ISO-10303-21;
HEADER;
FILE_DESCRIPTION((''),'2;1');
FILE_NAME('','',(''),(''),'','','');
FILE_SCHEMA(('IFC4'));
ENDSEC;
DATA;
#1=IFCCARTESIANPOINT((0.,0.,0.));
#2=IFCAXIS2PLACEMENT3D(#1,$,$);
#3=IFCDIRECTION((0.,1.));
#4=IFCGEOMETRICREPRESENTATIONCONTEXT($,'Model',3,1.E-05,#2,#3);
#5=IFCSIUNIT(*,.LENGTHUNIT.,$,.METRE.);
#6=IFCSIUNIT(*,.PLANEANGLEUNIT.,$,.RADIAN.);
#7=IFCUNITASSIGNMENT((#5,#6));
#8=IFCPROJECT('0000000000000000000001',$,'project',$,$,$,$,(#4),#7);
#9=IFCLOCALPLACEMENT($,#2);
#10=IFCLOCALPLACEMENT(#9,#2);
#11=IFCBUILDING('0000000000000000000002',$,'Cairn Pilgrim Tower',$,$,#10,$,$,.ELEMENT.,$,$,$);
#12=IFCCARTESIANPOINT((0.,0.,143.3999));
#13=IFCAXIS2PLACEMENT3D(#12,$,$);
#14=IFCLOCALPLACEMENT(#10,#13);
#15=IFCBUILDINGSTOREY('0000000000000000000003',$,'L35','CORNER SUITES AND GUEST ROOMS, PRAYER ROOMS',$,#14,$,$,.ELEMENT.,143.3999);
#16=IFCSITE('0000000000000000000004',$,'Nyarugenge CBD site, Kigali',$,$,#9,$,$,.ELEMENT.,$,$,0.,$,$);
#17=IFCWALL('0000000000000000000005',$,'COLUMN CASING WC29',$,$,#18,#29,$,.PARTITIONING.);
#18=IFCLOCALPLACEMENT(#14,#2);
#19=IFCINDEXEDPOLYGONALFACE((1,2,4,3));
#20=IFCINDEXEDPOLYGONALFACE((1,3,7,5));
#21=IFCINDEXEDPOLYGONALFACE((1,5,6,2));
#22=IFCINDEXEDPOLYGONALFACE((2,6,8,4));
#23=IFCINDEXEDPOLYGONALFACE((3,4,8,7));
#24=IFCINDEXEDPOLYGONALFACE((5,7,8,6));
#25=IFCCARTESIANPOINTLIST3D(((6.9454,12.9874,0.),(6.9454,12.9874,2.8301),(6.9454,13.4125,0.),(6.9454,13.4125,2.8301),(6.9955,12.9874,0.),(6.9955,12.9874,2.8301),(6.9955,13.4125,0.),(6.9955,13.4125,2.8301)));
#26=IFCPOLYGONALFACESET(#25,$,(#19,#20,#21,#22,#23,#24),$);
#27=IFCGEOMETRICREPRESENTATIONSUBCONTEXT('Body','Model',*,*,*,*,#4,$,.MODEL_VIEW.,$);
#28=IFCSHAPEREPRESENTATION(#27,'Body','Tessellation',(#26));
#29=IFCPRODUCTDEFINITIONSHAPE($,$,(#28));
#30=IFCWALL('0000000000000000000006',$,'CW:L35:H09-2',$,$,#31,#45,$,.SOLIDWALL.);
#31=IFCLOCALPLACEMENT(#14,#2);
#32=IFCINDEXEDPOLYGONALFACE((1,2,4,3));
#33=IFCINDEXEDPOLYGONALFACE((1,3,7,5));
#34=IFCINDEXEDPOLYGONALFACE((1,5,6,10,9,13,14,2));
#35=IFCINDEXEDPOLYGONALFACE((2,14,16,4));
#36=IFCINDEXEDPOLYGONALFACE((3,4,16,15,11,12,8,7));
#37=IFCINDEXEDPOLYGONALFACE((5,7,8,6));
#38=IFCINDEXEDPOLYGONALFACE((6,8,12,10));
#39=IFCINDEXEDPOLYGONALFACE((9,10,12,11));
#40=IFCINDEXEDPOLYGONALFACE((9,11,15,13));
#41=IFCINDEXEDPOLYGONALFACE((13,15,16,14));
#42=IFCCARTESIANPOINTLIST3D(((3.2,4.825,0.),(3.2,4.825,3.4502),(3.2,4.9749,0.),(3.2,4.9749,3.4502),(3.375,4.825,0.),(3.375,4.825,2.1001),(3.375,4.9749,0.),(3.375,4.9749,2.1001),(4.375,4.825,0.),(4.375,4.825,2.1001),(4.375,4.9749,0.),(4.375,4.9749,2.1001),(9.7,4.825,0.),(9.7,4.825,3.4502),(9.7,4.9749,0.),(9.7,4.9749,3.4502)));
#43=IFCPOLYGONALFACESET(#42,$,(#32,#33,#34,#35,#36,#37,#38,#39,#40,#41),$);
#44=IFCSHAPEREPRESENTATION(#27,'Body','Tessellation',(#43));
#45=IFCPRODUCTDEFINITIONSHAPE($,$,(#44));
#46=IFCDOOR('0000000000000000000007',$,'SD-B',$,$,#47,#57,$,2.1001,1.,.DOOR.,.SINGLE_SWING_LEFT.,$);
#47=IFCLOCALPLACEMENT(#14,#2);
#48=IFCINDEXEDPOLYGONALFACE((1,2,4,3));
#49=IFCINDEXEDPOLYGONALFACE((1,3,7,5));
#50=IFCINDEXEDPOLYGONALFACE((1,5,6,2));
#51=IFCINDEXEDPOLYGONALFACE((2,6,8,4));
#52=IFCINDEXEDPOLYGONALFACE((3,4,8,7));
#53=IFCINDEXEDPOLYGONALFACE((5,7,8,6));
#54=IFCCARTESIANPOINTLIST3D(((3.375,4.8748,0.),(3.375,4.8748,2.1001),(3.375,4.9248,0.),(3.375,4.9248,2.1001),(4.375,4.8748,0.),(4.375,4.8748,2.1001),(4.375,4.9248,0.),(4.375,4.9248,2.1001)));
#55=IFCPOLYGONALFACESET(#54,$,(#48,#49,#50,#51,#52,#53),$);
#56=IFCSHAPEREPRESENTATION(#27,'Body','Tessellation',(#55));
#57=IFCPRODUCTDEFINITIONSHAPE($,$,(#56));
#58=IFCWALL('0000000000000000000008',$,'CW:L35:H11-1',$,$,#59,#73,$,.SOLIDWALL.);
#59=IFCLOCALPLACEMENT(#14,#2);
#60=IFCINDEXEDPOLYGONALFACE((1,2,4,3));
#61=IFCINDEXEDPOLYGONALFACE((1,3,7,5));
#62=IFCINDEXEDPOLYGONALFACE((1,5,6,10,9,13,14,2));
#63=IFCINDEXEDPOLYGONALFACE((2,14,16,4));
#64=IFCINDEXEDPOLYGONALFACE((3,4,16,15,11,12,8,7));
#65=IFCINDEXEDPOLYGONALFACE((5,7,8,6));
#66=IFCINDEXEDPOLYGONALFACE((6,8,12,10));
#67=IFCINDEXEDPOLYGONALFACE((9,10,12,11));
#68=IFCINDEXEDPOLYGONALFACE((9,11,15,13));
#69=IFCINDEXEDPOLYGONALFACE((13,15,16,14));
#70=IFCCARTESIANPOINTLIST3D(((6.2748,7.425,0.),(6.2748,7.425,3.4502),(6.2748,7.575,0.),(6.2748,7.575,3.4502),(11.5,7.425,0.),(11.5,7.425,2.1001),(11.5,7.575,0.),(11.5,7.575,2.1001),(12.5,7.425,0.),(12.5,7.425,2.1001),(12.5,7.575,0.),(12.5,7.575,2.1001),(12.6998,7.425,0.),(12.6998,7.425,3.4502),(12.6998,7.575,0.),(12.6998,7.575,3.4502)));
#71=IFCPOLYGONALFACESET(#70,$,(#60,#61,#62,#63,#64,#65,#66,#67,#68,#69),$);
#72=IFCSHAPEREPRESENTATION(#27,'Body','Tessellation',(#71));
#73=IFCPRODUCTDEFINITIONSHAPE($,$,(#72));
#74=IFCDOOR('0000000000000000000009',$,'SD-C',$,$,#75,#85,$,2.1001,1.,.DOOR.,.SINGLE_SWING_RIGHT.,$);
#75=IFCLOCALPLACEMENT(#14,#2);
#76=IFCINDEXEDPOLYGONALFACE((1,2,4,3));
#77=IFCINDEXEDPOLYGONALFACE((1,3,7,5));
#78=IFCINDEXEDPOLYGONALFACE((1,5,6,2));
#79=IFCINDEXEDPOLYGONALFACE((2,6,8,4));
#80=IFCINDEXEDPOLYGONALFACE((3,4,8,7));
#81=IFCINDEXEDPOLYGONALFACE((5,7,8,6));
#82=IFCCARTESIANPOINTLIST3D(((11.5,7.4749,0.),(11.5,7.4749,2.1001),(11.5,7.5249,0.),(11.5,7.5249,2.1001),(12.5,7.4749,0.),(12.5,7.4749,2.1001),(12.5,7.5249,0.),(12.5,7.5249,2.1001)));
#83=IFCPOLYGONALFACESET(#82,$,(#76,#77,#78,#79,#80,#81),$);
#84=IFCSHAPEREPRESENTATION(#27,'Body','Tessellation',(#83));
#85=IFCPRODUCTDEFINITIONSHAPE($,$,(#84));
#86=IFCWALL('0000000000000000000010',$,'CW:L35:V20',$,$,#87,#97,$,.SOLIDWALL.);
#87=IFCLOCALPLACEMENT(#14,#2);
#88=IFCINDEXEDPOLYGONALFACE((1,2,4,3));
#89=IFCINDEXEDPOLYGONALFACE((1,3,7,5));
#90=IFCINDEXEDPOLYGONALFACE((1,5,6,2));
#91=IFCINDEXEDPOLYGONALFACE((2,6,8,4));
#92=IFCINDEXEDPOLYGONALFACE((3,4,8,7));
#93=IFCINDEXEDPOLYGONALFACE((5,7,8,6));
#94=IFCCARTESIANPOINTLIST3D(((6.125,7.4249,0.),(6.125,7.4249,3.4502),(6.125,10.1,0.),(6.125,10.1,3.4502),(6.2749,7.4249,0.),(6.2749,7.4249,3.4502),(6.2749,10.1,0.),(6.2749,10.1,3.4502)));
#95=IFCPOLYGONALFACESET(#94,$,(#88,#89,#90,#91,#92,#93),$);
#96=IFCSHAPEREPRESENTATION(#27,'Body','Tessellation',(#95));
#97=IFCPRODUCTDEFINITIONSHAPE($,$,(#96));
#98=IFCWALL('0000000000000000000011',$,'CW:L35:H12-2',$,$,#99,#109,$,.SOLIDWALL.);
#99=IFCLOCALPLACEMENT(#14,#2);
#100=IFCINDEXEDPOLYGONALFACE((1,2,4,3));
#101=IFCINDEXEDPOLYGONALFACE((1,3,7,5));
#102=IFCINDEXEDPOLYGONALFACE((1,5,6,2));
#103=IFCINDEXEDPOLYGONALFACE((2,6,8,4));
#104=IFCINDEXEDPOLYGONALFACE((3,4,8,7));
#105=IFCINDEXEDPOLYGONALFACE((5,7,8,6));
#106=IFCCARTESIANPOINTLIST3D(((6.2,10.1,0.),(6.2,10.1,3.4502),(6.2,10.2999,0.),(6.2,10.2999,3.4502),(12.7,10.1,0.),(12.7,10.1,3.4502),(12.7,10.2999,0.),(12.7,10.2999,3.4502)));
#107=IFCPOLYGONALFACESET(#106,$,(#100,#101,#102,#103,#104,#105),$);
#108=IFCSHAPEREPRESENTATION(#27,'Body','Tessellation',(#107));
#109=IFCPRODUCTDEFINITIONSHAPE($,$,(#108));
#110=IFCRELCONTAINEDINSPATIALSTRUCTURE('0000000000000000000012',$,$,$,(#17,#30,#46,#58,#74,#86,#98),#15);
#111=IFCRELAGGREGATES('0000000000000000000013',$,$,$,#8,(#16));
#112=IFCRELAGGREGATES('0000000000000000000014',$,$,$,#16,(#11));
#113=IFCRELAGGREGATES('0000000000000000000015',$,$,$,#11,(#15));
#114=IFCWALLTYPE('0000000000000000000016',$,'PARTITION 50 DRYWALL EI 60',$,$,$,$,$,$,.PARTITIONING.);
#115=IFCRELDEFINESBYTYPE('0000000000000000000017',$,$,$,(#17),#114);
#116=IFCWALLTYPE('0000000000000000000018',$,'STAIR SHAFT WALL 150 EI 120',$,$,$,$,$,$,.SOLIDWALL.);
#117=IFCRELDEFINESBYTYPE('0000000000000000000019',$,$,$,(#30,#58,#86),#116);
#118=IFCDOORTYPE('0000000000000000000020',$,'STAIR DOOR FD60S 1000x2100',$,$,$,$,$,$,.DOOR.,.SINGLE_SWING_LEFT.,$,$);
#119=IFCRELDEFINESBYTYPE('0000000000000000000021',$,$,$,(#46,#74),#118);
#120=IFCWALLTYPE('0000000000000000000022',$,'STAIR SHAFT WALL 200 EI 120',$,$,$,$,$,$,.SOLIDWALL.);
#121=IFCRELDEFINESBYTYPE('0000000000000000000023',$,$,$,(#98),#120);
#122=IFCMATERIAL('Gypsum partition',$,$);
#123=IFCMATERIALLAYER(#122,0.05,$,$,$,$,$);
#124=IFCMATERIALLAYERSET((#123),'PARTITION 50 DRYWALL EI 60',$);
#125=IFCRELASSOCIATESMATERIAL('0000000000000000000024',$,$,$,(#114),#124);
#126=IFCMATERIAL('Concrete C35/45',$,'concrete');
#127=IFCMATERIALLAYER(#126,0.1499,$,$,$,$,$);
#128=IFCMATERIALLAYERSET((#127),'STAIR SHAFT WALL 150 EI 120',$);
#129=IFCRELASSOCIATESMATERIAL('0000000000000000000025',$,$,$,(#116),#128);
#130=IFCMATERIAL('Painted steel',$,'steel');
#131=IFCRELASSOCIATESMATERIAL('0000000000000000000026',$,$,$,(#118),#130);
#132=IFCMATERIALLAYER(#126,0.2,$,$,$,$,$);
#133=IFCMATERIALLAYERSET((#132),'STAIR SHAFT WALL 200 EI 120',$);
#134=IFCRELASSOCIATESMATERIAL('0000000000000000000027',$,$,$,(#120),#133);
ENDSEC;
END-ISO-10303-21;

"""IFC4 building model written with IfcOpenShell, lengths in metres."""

from ifc_helpers import new_model, si_unit, direction, frame, frame_2d, origin, place, context, subcontext, project, spatial, rectangle, extrude, material, layer, layer_set, type_object, element, fill, save


model = new_model("IFC4")

# Units and contexts
model_context = context("Model", 3, precision=1e-05, world=origin(), true_north=direction((0.0, 1.0)))
body_context = subcontext(model_context, "Body", "Model", "MODEL_VIEW")
ifc_project = project(units=[si_unit("LENGTHUNIT", "METRE"), si_unit("PLANEANGLEUNIT", "RADIAN")], contexts=[model_context])

# Site, building, storey
site_placement = place(None, origin())
site = spatial("IfcSite", under=ifc_project, at=site_placement, Name="Nyarugenge CBD site, Kigali", CompositionType="ELEMENT", RefElevation=0.0)
building_placement = place(site_placement, origin())
building = spatial("IfcBuilding", under=site, at=building_placement, Name="Cairn Pilgrim Tower", CompositionType="ELEMENT")
storey_placement = place(building_placement, frame((0.0, 0.0, 143.3999)))
storey = spatial("IfcBuildingStorey", under=building, at=storey_placement, Name="L35", Description="CORNER SUITES AND GUEST ROOMS, PRAYER ROOMS", CompositionType="ELEMENT", Elevation=143.3999)

# Wall
ifc_material_1 = material(Name="Gypsum partition")
ifc_layer_1 = layer(ifc_material_1, 0.05)
ifc_layer_set_1 = layer_set([ifc_layer_1], Name="PARTITION 50 DRYWALL EI 60")
wall_type_1 = type_object("IfcWallType", Name="PARTITION 50 DRYWALL EI 60", PredefinedType="PARTITIONING", material=ifc_layer_set_1)
wall_1_placement = place(storey_placement, frame((6.9705, 12.9875, 0.0), z_axis=(0.0, 0.0, 1.0), x_axis=(0.0, 1.0, 0.0)))
element("IfcWall", 1, at=wall_1_placement, inside=storey, type_object=wall_type_1, Name="COLUMN CASING WC29", PredefinedType="PARTITIONING", context=body_context, shape_type="SweptSolid", body=[
    extrude(rectangle(XDim=0.425, YDim=0.05, at=frame_2d((0.2124, 0.0))), origin(), (0.0, 0.0, 1.0), 2.8301),
])

# Walls, openings, doors
ifc_material_2 = material(Name="Concrete C35/45", Category="concrete")
ifc_layer_2 = layer(ifc_material_2, 0.1499)
ifc_layer_set_2 = layer_set([ifc_layer_2], Name="STAIR SHAFT WALL 150 EI 120")
wall_type_2 = type_object("IfcWallType", Name="STAIR SHAFT WALL 150 EI 120", PredefinedType="SOLIDWALL", material=ifc_layer_set_2)
wall_2_placement = place(storey_placement, frame((3.2, 4.8999, 0.0), z_axis=(0.0, 0.0, 1.0), x_axis=(1.0, 0.0, 0.0)))
wall_2 = element("IfcWall", 2, at=wall_2_placement, inside=storey, type_object=wall_type_2, Name="CW:L35:H09-2", PredefinedType="SOLIDWALL", context=body_context, shape_type="SweptSolid", body=[
    extrude(rectangle(XDim=6.5, YDim=0.1499, at=frame_2d((3.25, 0.0))), origin(), (0.0, 0.0, 1.0), 3.4502),
])
opening_1_placement = place(wall_2_placement, frame((0.175, 0.0, 0.0)))
opening_1 = element("IfcOpeningElement", 3, at=opening_1_placement, cuts=wall_2, PredefinedType="OPENING", context=body_context, shape_type="SweptSolid", body=[
    extrude(rectangle(XDim=1.0, YDim=2.1001, at=frame_2d((0.5, 1.05))), frame((0.0, 0.085, 0.0), z_axis=(0.0, -1.0, 0.0), x_axis=(1.0, 0.0, 0.0)), (0.0, 0.0, 1.0), 0.1699),
])
ifc_material_3 = material(Name="Painted steel", Category="steel")
door_type_1 = type_object("IfcDoorType", Name="STAIR DOOR FD60S 1000x2100", OperationType="SINGLE_SWING_LEFT", PredefinedType="DOOR", material=ifc_material_3)
door_1_placement = place(opening_1_placement, origin())
door_1 = element("IfcDoor", 4, at=door_1_placement, inside=storey, type_object=door_type_1, Name="SD-B", OperationType="SINGLE_SWING_LEFT", OverallHeight=2.1001, OverallWidth=1.0, PredefinedType="DOOR", context=body_context, shape_type="SweptSolid", body=[
    extrude(rectangle(XDim=1.0, YDim=2.1001, at=frame_2d((0.5, 1.05))), frame((0.0, 0.0249, 0.0), z_axis=(0.0, -1.0, 0.0), x_axis=(1.0, 0.0, 0.0)), (0.0, 0.0, 1.0), 0.05),
])
fill(opening_1, door_1)
wall_3_placement = place(storey_placement, frame((6.2749, 7.5, 0.0), z_axis=(0.0, 0.0, 1.0), x_axis=(1.0, 0.0, 0.0)))
wall_3 = element("IfcWall", 5, at=wall_3_placement, inside=storey, type_object=wall_type_2, Name="CW:L35:H11-1", PredefinedType="SOLIDWALL", context=body_context, shape_type="SweptSolid", body=[
    extrude(rectangle(XDim=6.425, YDim=0.1499, at=frame_2d((3.2124, 0.0))), origin(), (0.0, 0.0, 1.0), 3.4502),
])
opening_2_placement = place(wall_3_placement, frame((5.2251, 0.0, 0.0)))
opening_2 = element("IfcOpeningElement", 6, at=opening_2_placement, cuts=wall_3, PredefinedType="OPENING", context=body_context, shape_type="SweptSolid", body=[
    extrude(rectangle(XDim=1.0, YDim=2.1001, at=frame_2d((0.5, 1.05))), frame((0.0, 0.085, 0.0), z_axis=(0.0, -1.0, 0.0), x_axis=(1.0, 0.0, 0.0)), (0.0, 0.0, 1.0), 0.1699),
])
door_2_placement = place(opening_2_placement, origin())
door_2 = element("IfcDoor", 7, at=door_2_placement, inside=storey, type_object=door_type_1, Name="SD-C", OperationType="SINGLE_SWING_RIGHT", OverallHeight=2.1001, OverallWidth=1.0, PredefinedType="DOOR", context=body_context, shape_type="SweptSolid", body=[
    extrude(rectangle(XDim=1.0, YDim=2.1001, at=frame_2d((0.5, 1.05))), frame((0.0, 0.0249, 0.0), z_axis=(0.0, -1.0, 0.0), x_axis=(1.0, 0.0, 0.0)), (0.0, 0.0, 1.0), 0.05),
])
fill(opening_2, door_2)

# Walls
wall_4_placement = place(storey_placement, frame((6.2, 7.425, 0.0), z_axis=(0.0, 0.0, 1.0), x_axis=(0.0, 1.0, 0.0)))
element("IfcWall", 8, at=wall_4_placement, inside=storey, type_object=wall_type_2, Name="CW:L35:V20", PredefinedType="SOLIDWALL", context=body_context, shape_type="SweptSolid", body=[
    extrude(rectangle(XDim=2.675, YDim=0.1499, at=frame_2d((1.3374, 0.0))), origin(), (0.0, 0.0, 1.0), 3.4502),
])
ifc_layer_3 = layer(ifc_material_2, 0.2)
ifc_layer_set_3 = layer_set([ifc_layer_3], Name="STAIR SHAFT WALL 200 EI 120")
wall_type_3 = type_object("IfcWallType", Name="STAIR SHAFT WALL 200 EI 120", PredefinedType="SOLIDWALL", material=ifc_layer_set_3)
wall_5_placement = place(storey_placement, frame((6.2, 10.2, 0.0), z_axis=(0.0, 0.0, 1.0), x_axis=(1.0, 0.0, 0.0)))
element("IfcWall", 9, at=wall_5_placement, inside=storey, type_object=wall_type_3, Name="CW:L35:H12-2", PredefinedType="SOLIDWALL", context=body_context, shape_type="SweptSolid", body=[
    extrude(rectangle(XDim=6.5, YDim=0.2, at=frame_2d((3.25, 0.0))), origin(), (0.0, 0.0, 1.0), 3.4502),
])

save(model, "model.ifc")
